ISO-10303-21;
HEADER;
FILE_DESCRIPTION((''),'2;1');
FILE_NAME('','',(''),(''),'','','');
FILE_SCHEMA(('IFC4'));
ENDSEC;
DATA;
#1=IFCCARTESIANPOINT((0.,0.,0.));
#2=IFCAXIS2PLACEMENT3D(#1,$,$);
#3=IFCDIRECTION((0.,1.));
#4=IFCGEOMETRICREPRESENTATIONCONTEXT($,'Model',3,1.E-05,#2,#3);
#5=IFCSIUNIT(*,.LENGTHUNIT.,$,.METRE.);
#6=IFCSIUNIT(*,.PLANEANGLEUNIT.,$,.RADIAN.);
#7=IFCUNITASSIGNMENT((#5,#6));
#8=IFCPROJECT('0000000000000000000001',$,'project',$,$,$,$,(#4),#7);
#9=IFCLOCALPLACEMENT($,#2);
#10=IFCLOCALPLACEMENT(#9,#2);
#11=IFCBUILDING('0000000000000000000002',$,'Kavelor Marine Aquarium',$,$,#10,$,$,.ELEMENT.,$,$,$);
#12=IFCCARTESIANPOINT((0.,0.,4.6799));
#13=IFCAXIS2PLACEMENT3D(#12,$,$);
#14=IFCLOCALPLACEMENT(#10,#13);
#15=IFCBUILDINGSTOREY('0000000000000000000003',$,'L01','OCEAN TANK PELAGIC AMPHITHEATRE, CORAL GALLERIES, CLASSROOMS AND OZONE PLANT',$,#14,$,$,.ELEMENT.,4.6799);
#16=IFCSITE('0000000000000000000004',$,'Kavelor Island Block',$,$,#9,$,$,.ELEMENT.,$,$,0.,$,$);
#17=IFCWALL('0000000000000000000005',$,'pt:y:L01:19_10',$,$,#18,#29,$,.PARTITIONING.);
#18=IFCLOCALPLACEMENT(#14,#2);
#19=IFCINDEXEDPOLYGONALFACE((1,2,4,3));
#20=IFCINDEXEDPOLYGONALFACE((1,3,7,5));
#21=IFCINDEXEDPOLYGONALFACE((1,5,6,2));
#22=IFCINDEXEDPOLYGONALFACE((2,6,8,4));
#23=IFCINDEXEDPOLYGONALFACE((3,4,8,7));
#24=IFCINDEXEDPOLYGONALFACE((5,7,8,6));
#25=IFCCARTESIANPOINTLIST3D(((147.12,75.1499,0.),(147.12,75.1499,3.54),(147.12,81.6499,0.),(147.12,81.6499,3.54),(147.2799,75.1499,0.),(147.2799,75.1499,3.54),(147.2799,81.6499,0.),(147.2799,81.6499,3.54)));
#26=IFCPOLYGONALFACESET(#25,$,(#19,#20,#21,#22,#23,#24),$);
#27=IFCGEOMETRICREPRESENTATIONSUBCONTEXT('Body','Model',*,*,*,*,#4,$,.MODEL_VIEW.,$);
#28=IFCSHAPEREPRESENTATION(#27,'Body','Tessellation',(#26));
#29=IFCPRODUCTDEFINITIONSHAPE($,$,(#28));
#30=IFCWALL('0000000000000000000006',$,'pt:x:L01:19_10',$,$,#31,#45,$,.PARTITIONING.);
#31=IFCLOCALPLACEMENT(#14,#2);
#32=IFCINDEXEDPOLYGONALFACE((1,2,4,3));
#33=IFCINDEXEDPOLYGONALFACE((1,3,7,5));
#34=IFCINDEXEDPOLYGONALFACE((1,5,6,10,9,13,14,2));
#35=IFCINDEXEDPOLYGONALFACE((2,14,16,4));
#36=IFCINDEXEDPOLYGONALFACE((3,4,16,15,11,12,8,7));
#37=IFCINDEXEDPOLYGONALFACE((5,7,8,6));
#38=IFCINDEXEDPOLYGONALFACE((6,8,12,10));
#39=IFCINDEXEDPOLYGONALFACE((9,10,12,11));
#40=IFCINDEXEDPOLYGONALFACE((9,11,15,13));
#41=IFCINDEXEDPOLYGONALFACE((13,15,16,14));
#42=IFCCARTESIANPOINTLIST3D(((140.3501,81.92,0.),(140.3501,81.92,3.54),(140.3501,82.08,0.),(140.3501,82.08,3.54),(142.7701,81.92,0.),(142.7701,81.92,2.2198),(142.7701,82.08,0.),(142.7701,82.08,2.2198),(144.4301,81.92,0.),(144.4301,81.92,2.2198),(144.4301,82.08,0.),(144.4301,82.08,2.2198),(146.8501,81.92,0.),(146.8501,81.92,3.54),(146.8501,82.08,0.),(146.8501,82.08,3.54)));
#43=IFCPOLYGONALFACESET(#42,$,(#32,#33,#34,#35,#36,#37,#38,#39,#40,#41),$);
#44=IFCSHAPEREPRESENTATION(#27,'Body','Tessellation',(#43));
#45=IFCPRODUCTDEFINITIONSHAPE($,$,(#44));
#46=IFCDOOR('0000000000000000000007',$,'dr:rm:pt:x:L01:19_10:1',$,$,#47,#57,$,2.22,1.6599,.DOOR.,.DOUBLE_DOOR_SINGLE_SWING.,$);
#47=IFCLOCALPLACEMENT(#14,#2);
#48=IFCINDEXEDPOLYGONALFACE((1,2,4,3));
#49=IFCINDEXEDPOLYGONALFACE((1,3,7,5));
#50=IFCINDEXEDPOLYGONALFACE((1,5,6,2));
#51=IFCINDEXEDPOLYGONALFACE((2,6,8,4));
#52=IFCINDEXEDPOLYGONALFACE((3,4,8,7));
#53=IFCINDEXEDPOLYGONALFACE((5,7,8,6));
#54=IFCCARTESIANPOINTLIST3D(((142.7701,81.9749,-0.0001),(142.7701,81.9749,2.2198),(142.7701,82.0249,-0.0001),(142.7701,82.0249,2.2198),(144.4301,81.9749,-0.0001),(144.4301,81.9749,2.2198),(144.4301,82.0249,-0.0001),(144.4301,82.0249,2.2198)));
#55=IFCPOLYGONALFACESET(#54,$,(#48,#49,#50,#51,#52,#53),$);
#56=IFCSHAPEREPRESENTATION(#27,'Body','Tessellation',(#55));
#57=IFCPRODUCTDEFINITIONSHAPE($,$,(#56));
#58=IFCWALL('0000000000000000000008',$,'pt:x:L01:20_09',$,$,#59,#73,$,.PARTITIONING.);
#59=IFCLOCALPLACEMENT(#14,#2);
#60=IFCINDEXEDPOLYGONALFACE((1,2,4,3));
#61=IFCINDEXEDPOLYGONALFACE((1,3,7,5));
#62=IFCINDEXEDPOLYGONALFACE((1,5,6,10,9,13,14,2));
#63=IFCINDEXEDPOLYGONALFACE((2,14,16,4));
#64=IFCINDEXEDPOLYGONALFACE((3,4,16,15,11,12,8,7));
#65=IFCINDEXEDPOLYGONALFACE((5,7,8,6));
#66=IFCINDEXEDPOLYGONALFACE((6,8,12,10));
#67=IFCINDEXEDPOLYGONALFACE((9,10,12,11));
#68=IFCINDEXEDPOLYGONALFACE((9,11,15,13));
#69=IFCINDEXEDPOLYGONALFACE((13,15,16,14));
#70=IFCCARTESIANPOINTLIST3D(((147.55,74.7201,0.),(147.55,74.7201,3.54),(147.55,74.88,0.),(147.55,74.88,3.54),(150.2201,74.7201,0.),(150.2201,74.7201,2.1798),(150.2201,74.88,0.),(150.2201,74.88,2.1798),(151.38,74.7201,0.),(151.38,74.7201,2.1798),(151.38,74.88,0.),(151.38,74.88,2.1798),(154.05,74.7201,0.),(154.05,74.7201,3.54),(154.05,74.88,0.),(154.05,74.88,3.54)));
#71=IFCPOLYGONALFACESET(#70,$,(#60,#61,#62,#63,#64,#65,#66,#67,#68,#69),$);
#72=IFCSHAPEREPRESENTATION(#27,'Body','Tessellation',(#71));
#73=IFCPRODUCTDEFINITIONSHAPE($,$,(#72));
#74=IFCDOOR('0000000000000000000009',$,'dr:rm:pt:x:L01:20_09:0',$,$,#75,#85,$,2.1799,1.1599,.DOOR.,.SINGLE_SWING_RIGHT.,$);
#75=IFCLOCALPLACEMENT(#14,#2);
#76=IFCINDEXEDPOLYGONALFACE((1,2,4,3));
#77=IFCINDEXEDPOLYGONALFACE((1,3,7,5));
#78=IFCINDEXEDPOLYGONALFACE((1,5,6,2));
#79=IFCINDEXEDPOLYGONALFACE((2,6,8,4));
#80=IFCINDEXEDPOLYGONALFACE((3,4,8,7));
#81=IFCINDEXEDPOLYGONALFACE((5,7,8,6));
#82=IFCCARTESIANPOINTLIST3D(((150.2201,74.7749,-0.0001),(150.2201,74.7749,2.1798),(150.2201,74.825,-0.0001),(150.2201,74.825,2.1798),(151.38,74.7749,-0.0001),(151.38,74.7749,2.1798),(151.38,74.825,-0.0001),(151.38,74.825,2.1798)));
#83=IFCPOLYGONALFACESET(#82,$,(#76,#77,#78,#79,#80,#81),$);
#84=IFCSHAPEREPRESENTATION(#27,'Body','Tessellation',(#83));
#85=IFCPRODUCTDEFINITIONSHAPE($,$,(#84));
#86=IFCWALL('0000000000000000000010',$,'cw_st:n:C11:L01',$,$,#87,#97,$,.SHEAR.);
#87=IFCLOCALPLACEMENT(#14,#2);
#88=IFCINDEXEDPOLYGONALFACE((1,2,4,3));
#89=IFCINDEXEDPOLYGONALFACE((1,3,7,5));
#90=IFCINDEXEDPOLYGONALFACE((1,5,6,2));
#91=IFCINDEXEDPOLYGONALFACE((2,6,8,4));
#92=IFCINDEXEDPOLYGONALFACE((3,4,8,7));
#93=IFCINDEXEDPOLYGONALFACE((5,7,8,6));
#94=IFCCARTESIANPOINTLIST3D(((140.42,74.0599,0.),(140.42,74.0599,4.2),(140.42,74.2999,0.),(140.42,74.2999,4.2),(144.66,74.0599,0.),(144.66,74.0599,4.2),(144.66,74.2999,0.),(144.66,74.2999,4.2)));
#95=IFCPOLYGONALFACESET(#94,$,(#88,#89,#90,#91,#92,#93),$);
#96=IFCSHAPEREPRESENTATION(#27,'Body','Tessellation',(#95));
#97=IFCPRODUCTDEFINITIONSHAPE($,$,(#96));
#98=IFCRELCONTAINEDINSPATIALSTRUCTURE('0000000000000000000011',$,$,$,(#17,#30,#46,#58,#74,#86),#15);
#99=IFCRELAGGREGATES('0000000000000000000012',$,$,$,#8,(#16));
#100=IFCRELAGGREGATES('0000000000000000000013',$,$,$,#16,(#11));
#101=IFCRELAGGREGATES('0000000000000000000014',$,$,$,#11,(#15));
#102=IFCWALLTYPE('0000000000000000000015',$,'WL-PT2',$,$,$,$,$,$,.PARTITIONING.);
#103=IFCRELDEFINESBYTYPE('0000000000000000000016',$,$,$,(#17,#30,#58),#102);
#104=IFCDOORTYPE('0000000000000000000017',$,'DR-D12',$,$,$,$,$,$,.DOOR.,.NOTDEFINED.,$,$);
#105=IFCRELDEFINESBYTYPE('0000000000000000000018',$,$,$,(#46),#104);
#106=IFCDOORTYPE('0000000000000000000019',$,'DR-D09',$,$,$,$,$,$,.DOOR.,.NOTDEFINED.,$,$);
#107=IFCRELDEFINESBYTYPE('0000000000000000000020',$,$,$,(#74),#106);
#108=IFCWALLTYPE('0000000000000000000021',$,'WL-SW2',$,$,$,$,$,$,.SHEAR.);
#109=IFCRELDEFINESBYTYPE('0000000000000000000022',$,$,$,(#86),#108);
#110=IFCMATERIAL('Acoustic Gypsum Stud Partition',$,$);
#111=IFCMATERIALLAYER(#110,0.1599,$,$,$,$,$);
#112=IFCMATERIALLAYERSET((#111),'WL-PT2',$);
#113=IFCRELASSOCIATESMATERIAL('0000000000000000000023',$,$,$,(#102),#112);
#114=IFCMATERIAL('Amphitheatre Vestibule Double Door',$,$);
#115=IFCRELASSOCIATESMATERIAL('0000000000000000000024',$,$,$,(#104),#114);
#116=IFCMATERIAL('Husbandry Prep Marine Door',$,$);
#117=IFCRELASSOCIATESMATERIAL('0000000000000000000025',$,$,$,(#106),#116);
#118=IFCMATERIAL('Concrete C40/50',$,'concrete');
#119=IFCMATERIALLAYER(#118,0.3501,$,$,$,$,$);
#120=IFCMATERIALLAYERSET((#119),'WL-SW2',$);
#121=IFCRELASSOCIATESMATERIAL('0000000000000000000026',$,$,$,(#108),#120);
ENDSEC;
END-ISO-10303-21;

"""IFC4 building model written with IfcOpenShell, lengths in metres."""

from ifc_helpers import new_model, si_unit, direction, frame, frame_2d, origin, place, context, subcontext, project, spatial, rectangle, extrude, material, layer, layer_set, type_object, element, fill, save


model = new_model("IFC4")

# Units and contexts
model_context = context("Model", 3, precision=1e-05, world=origin(), true_north=direction((0.0, 1.0)))
body_context = subcontext(model_context, "Body", "Model", "MODEL_VIEW")
ifc_project = project(units=[si_unit("LENGTHUNIT", "METRE"), si_unit("PLANEANGLEUNIT", "RADIAN")], contexts=[model_context])

# Site, building, storey
site_placement = place(None, origin())
site = spatial("IfcSite", under=ifc_project, at=site_placement, Name="Kavelor Island Block", CompositionType="ELEMENT", RefElevation=0.0)
building_placement = place(site_placement, origin())
building = spatial("IfcBuilding", under=site, at=building_placement, Name="Kavelor Marine Aquarium", CompositionType="ELEMENT")
storey_placement = place(building_placement, frame((0.0, 0.0, 4.6799)))
storey = spatial("IfcBuildingStorey", under=building, at=storey_placement, Name="L01", Description="OCEAN TANK PELAGIC AMPHITHEATRE, CORAL GALLERIES, CLASSROOMS AND OZONE PLANT", CompositionType="ELEMENT", Elevation=4.6799)

# Wall
ifc_material_1 = material(Name="Acoustic Gypsum Stud Partition")
ifc_layer_1 = layer(ifc_material_1, 0.1599)
ifc_layer_set_1 = layer_set([ifc_layer_1], Name="WL-PT2")
wall_type_1 = type_object("IfcWallType", Name="WL-PT2", PredefinedType="PARTITIONING", material=ifc_layer_set_1)
wall_1_placement = place(storey_placement, frame((147.2, 75.1499, 0.0), z_axis=(0.0, 0.0, 1.0), x_axis=(0.0, 1.0, 0.0)))
element("IfcWall", 1, at=wall_1_placement, inside=storey, type_object=wall_type_1, Name="pt:y:L01:19_10", PredefinedType="PARTITIONING", context=body_context, shape_type="SweptSolid", body=[
    extrude(rectangle(XDim=6.5, YDim=0.1599, at=frame_2d((3.25, 0.0))), origin(), (0.0, 0.0, 1.0), 3.54),
])

# Walls, openings, doors
wall_2_placement = place(storey_placement, frame((140.3501, 82.0, 0.0), z_axis=(0.0, 0.0, 1.0), x_axis=(1.0, 0.0, 0.0)))
wall_2 = element("IfcWall", 2, at=wall_2_placement, inside=storey, type_object=wall_type_1, Name="pt:x:L01:19_10", PredefinedType="PARTITIONING", context=body_context, shape_type="SweptSolid", body=[
    extrude(rectangle(XDim=6.5, YDim=0.1599, at=frame_2d((3.25, 0.0))), origin(), (0.0, 0.0, 1.0), 3.54),
])
opening_1_placement = place(wall_2_placement, frame((2.4199, 0.0, 0.0)))
opening_1 = element("IfcOpeningElement", 3, at=opening_1_placement, cuts=wall_2, PredefinedType="OPENING", context=body_context, shape_type="SweptSolid", body=[
    extrude(rectangle(XDim=1.6599, YDim=2.22, at=frame_2d((0.8301, 1.1099))), frame((0.0, 0.0898, 0.0), z_axis=(0.0, -1.0, 0.0), x_axis=(1.0, 0.0, 0.0)), (0.0, 0.0, 1.0), 0.1799),
])
ifc_material_2 = material(Name="Amphitheatre Vestibule Double Door")
door_type_1 = type_object("IfcDoorType", Name="DR-D12", OperationType="NOTDEFINED", PredefinedType="DOOR", material=ifc_material_2)
door_1_placement = place(opening_1_placement, origin())
door_1 = element("IfcDoor", 4, at=door_1_placement, inside=storey, type_object=door_type_1, Name="dr:rm:pt:x:L01:19_10:1", OperationType="DOUBLE_DOOR_SINGLE_SWING", OverallHeight=2.22, OverallWidth=1.6599, PredefinedType="DOOR", context=body_context, shape_type="SweptSolid", body=[
    extrude(rectangle(XDim=1.6599, YDim=2.22, at=frame_2d((0.8301, 1.1099))), frame((0.0, 0.0249, 0.0), z_axis=(0.0, -1.0, 0.0), x_axis=(1.0, 0.0, 0.0)), (0.0, 0.0, 1.0), 0.05),
])
fill(opening_1, door_1)
wall_3_placement = place(storey_placement, frame((147.55, 74.8, 0.0), z_axis=(0.0, 0.0, 1.0), x_axis=(1.0, 0.0, 0.0)))
wall_3 = element("IfcWall", 5, at=wall_3_placement, inside=storey, type_object=wall_type_1, Name="pt:x:L01:20_09", PredefinedType="PARTITIONING", context=body_context, shape_type="SweptSolid", body=[
    extrude(rectangle(XDim=6.5, YDim=0.1599, at=frame_2d((3.25, 0.0))), origin(), (0.0, 0.0, 1.0), 3.54),
])
opening_2_placement = place(wall_3_placement, frame((2.6699, 0.0, 0.0)))
opening_2 = element("IfcOpeningElement", 6, at=opening_2_placement, cuts=wall_3, PredefinedType="OPENING", context=body_context, shape_type="SweptSolid", body=[
    extrude(rectangle(XDim=1.1599, YDim=2.1799, at=frame_2d((0.5801, 1.0898))), frame((0.0, 0.0898, 0.0), z_axis=(0.0, -1.0, 0.0), x_axis=(1.0, 0.0, 0.0)), (0.0, 0.0, 1.0), 0.1799),
])
ifc_material_3 = material(Name="Husbandry Prep Marine Door")
door_type_2 = type_object("IfcDoorType", Name="DR-D09", OperationType="NOTDEFINED", PredefinedType="DOOR", material=ifc_material_3)
door_2_placement = place(opening_2_placement, origin())
door_2 = element("IfcDoor", 7, at=door_2_placement, inside=storey, type_object=door_type_2, Name="dr:rm:pt:x:L01:20_09:0", OperationType="SINGLE_SWING_RIGHT", OverallHeight=2.1799, OverallWidth=1.1599, PredefinedType="DOOR", context=body_context, shape_type="SweptSolid", body=[
    extrude(rectangle(XDim=1.1599, YDim=2.1799, at=frame_2d((0.5801, 1.0898))), frame((0.0, 0.0249, 0.0), z_axis=(0.0, -1.0, 0.0), x_axis=(1.0, 0.0, 0.0)), (0.0, 0.0, 1.0), 0.05),
])
fill(opening_2, door_2)

# Wall
ifc_material_4 = material(Name="Concrete C40/50", Category="concrete")
ifc_layer_2 = layer(ifc_material_4, 0.3501)
ifc_layer_set_2 = layer_set([ifc_layer_2], Name="WL-SW2")
wall_type_2 = type_object("IfcWallType", Name="WL-SW2", PredefinedType="SHEAR", material=ifc_layer_set_2)
wall_4_placement = place(storey_placement, frame((140.4199, 74.1799, 0.0), z_axis=(0.0, 0.0, 1.0), x_axis=(1.0, 0.0, 0.0)))
element("IfcWall", 8, at=wall_4_placement, inside=storey, type_object=wall_type_2, Name="cw_st:n:C11:L01", PredefinedType="SHEAR", context=body_context, shape_type="SweptSolid", body=[
    extrude(rectangle(XDim=4.24, YDim=0.24, at=frame_2d((2.1201, 0.0))), origin(), (0.0, 0.0, 1.0), 4.2),
])

save(model, "model.ifc")
